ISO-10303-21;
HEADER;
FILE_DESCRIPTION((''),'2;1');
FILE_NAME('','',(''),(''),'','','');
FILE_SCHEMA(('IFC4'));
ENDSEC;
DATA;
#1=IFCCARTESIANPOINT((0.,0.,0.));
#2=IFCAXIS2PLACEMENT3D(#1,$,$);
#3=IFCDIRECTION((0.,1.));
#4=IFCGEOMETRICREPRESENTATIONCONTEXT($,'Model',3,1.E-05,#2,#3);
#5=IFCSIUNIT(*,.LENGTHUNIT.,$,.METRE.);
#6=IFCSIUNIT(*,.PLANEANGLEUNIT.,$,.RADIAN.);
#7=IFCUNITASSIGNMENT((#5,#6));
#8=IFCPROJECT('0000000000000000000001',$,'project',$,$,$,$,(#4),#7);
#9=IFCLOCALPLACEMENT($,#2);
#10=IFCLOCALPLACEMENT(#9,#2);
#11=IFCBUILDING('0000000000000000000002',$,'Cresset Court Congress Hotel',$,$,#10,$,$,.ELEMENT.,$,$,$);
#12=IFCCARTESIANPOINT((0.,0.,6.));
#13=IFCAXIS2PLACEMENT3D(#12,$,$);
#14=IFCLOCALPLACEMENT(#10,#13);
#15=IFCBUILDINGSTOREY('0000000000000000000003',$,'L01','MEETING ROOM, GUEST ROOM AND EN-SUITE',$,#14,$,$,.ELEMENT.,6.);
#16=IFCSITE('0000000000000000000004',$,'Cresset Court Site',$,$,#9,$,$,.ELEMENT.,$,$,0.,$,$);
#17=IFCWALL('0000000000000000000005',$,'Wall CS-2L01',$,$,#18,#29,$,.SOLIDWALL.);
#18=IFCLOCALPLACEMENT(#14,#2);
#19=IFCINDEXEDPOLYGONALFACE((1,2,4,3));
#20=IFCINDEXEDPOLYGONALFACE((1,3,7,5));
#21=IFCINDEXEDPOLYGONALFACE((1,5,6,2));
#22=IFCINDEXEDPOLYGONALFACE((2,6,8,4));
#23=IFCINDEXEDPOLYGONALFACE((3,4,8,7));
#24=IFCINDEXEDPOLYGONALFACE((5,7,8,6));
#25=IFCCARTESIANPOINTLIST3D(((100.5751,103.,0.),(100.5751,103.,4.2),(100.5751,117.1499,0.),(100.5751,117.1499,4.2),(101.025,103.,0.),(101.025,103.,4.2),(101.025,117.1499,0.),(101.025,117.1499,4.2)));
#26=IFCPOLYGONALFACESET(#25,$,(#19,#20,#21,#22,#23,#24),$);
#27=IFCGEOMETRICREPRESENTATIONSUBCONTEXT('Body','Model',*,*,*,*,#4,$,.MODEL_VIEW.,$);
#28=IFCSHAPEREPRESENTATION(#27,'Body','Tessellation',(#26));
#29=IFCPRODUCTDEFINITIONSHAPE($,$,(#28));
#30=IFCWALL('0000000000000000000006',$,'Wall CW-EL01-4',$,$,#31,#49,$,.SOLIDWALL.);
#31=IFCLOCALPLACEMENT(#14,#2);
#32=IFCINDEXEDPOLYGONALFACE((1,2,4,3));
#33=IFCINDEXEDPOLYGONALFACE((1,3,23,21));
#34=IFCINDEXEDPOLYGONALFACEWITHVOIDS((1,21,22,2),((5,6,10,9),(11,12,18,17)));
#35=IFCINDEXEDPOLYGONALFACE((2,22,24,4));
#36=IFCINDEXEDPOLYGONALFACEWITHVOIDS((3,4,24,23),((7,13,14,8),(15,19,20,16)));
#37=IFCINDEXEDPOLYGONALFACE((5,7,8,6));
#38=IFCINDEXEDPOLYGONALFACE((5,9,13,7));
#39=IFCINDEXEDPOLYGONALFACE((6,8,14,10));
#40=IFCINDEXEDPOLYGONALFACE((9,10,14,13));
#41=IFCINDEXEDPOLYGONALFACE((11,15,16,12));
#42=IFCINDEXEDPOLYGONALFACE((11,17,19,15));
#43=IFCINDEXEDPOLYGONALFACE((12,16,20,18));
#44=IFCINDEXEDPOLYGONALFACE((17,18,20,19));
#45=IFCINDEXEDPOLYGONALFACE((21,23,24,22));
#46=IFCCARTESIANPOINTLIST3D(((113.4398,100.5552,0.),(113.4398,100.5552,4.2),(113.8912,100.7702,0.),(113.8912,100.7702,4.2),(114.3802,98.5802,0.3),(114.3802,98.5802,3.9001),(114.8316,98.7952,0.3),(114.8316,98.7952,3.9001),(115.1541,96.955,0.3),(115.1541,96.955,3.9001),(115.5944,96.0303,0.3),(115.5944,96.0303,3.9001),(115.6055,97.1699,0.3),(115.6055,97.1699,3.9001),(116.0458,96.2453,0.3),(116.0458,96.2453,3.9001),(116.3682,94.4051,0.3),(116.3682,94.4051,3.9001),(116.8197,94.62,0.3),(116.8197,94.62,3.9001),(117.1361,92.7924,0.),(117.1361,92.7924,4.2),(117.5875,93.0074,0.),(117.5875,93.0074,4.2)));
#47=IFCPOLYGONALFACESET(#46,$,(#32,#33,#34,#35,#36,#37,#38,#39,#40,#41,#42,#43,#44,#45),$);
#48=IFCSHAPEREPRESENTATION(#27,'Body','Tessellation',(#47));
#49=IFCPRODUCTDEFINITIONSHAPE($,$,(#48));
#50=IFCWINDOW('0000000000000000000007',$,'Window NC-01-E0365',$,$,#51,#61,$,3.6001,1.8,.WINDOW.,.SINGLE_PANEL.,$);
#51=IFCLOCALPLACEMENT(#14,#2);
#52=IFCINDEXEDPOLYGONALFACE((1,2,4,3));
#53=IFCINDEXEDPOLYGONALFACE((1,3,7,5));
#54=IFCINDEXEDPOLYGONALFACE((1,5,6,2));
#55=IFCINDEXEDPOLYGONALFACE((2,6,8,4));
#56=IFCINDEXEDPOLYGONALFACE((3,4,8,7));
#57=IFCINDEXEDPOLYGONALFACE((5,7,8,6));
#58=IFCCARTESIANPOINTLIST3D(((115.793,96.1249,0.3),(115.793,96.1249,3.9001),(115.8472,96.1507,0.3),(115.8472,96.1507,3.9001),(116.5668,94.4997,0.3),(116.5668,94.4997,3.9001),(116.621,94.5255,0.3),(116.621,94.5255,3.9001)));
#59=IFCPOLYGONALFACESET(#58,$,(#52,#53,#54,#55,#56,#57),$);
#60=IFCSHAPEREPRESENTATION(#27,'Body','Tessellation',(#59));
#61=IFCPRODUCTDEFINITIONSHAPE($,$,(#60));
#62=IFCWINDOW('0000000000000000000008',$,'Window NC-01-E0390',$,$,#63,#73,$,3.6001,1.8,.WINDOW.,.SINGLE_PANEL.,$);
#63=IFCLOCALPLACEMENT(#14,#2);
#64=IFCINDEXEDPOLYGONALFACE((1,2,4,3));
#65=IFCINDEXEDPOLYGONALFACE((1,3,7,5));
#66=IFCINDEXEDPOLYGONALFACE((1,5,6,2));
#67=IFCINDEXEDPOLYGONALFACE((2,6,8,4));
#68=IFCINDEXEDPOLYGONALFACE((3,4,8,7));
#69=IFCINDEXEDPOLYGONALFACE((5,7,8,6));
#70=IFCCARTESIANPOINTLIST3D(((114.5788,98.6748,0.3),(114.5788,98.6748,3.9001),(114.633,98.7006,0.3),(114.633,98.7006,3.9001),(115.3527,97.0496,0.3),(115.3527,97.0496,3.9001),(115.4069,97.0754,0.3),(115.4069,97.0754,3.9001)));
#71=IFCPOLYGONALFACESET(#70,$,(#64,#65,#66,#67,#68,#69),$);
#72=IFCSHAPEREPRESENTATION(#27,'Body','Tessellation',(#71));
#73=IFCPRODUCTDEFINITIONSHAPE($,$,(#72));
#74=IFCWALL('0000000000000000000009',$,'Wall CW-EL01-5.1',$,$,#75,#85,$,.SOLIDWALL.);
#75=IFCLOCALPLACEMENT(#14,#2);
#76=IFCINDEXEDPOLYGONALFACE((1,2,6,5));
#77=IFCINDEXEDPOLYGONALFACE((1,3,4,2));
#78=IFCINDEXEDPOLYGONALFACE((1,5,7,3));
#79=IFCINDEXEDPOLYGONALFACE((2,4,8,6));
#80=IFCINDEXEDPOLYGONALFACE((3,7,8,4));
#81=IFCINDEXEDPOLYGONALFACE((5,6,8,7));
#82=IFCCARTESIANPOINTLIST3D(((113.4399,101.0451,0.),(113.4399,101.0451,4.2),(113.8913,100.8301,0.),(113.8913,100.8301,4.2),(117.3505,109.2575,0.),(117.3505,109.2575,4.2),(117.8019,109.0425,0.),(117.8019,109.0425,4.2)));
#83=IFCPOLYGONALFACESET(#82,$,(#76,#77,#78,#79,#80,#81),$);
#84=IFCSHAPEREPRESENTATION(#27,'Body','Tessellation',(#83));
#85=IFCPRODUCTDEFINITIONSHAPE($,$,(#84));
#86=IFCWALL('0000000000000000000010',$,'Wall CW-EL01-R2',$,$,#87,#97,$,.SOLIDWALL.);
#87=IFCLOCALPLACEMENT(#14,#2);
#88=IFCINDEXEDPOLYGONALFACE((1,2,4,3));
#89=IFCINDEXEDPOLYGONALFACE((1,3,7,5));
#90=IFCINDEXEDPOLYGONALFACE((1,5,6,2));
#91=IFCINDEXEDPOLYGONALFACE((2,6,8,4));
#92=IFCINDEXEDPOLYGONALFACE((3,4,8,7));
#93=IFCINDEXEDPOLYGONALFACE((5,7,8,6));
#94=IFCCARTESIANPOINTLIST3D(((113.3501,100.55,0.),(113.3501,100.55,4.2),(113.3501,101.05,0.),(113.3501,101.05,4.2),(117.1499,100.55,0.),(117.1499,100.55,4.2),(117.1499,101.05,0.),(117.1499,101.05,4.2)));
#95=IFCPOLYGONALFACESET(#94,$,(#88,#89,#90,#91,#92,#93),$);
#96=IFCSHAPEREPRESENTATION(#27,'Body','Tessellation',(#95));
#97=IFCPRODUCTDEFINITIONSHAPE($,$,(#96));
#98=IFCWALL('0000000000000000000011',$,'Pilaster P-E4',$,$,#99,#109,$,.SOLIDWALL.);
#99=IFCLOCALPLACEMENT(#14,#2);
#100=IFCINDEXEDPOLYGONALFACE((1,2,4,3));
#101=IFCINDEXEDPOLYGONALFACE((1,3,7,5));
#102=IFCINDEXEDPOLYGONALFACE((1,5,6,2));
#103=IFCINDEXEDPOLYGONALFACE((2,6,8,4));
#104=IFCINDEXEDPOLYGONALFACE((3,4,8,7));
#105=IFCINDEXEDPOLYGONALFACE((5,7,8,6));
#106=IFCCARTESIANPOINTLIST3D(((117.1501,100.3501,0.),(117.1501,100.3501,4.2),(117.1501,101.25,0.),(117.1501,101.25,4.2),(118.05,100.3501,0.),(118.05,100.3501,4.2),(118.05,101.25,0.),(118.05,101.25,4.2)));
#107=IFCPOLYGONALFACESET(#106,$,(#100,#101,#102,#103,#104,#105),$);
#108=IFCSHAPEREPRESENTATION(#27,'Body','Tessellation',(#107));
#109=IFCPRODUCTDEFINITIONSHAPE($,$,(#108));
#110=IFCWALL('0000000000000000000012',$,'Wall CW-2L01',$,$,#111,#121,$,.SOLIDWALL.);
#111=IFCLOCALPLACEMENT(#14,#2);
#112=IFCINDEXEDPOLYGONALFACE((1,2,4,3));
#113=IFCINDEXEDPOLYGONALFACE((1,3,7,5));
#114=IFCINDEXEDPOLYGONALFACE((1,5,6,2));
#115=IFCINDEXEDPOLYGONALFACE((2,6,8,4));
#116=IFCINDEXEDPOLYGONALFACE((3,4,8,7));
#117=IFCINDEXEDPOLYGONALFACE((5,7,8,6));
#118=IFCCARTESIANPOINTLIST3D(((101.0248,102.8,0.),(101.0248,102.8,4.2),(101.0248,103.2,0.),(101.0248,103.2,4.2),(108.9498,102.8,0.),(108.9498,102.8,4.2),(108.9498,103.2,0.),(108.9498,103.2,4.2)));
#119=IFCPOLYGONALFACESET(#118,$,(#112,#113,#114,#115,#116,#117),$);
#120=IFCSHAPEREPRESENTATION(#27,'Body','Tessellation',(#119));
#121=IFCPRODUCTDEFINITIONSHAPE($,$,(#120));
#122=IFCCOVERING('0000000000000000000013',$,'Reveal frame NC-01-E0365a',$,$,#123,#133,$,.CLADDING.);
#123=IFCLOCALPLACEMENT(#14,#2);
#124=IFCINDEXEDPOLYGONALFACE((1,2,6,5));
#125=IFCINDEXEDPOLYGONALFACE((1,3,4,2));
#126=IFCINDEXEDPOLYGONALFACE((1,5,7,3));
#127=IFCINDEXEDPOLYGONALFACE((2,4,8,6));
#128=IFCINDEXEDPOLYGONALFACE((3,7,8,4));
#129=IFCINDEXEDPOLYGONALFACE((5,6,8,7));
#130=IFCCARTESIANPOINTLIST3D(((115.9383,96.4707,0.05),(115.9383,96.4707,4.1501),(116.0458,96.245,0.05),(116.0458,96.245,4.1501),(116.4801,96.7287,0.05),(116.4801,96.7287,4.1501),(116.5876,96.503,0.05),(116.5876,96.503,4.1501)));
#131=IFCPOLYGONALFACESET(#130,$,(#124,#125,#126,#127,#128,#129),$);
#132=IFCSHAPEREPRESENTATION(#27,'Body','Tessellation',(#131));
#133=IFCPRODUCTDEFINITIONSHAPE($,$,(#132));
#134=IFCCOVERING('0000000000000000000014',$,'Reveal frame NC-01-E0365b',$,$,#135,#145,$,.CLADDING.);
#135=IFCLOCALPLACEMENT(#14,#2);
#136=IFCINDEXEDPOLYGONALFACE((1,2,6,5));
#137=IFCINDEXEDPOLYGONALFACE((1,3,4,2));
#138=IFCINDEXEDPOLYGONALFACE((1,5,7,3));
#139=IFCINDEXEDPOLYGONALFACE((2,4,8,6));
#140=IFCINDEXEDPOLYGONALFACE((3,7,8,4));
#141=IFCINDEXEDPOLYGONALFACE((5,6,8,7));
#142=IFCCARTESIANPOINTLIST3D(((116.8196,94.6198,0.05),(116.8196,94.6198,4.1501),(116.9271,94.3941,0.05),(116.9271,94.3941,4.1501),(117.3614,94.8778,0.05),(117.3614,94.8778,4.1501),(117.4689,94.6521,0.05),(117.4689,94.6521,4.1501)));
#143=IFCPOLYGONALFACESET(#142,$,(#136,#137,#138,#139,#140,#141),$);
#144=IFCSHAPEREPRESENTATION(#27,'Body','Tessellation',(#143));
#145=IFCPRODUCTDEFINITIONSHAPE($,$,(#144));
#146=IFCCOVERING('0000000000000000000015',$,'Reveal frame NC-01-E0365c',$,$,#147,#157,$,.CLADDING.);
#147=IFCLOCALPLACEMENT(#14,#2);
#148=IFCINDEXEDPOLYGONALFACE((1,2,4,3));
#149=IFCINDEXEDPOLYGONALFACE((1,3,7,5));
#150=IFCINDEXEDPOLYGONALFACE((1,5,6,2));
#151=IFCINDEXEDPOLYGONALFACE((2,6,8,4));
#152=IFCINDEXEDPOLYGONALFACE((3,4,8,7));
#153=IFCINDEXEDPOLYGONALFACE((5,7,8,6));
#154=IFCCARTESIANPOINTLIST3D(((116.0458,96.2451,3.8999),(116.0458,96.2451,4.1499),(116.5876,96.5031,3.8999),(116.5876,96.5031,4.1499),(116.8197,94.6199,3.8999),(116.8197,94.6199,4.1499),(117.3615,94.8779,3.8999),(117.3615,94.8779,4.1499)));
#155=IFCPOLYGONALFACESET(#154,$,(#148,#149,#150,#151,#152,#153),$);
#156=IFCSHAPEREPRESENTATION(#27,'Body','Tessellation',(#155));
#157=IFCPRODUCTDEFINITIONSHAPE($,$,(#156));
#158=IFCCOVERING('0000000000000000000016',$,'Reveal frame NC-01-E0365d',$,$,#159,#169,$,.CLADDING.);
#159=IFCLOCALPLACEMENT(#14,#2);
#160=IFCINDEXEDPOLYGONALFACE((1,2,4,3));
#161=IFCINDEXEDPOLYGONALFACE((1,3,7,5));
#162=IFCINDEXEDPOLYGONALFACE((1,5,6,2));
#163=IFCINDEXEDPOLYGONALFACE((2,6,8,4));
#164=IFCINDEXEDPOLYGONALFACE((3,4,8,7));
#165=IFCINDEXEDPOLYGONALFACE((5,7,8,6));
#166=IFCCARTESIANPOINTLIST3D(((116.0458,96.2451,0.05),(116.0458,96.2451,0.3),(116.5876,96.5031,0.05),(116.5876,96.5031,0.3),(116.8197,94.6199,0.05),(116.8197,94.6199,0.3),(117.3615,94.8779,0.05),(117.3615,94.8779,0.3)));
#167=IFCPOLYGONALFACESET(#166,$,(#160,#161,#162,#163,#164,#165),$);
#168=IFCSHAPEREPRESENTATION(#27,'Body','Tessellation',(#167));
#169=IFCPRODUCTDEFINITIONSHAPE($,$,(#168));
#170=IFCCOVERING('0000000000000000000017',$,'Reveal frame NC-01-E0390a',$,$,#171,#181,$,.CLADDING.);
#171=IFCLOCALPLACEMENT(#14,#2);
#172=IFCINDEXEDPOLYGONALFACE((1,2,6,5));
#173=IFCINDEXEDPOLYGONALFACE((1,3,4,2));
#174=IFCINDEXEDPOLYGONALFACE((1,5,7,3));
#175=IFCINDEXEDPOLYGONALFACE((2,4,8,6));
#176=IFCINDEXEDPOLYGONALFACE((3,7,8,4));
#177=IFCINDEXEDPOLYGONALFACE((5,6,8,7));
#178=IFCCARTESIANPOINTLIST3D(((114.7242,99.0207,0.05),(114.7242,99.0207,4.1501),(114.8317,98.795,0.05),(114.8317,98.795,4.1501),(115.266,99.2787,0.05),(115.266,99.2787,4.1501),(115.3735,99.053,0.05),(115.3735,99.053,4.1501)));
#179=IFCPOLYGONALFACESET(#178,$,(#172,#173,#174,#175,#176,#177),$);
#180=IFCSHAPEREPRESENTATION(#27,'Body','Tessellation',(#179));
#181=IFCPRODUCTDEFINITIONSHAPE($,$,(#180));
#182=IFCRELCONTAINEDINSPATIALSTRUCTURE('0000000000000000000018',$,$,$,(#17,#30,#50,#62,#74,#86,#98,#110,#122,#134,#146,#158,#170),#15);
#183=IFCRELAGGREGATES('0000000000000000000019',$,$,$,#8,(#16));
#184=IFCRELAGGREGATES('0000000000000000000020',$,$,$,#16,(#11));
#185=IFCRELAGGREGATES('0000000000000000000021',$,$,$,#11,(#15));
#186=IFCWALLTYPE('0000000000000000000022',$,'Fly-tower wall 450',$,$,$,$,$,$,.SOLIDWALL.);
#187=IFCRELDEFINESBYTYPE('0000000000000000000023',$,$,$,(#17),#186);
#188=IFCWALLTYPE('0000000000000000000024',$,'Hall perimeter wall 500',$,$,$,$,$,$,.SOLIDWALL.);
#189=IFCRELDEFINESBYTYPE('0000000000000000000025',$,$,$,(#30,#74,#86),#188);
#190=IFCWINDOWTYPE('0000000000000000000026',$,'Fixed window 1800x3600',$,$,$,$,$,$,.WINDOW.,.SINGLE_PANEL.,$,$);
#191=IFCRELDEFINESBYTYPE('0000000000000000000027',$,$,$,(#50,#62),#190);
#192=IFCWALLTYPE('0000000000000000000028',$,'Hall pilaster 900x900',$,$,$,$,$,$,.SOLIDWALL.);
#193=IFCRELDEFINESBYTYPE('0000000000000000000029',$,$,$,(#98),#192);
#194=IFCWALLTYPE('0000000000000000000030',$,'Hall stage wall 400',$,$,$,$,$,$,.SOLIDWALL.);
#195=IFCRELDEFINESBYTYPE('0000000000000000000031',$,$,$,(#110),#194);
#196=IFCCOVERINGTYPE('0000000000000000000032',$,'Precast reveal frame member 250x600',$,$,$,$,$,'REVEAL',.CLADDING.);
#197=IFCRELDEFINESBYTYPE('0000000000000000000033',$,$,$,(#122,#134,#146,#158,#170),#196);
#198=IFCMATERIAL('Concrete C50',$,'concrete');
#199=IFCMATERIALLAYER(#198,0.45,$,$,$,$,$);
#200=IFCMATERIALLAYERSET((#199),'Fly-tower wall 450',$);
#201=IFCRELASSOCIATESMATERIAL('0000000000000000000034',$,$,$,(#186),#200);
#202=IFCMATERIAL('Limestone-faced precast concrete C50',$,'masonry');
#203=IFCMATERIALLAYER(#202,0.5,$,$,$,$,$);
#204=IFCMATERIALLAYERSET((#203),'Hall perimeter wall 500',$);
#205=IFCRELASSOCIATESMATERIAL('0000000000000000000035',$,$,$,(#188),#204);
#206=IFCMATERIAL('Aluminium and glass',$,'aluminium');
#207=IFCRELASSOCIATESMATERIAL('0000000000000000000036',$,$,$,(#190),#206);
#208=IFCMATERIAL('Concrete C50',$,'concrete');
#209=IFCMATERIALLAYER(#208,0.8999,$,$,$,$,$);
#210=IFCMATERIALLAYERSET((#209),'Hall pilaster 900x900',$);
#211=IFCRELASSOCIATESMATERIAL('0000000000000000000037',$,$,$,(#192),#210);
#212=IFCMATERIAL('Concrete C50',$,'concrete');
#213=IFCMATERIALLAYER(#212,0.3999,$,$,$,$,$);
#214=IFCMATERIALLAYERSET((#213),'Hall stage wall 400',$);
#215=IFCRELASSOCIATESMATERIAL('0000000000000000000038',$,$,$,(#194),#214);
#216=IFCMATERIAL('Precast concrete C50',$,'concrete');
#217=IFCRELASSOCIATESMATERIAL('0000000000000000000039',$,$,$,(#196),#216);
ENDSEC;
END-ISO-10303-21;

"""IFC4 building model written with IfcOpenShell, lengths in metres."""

from ifc_helpers import new_model, si_unit, direction, frame, frame_2d, origin, origin_2d, place, context, subcontext, project, spatial, rectangle, extrude, material, layer, layer_set, type_object, element, fill, save


model = new_model("IFC4")

# Units and contexts
model_context = context("Model", 3, precision=1e-05, world=origin(), true_north=direction((0.0, 1.0)))
body_context = subcontext(model_context, "Body", "Model", "MODEL_VIEW")
ifc_project = project(units=[si_unit("LENGTHUNIT", "METRE"), si_unit("PLANEANGLEUNIT", "RADIAN")], contexts=[model_context])

# Site, building, storey
site_placement = place(None, origin())
site = spatial("IfcSite", under=ifc_project, at=site_placement, Name="Cresset Court Site", CompositionType="ELEMENT", RefElevation=0.0)
building_placement = place(site_placement, origin())
building = spatial("IfcBuilding", under=site, at=building_placement, Name="Cresset Court Congress Hotel", CompositionType="ELEMENT")
storey_placement = place(building_placement, frame((0.0, 0.0, 6.0)))
storey = spatial("IfcBuildingStorey", under=building, at=storey_placement, Name="L01", Description="MEETING ROOM, GUEST ROOM AND EN-SUITE", CompositionType="ELEMENT", Elevation=6.0)

# Wall
ifc_material_1 = material(Name="Concrete C50", Category="concrete")
ifc_layer_1 = layer(ifc_material_1, 0.45)
ifc_layer_set_1 = layer_set([ifc_layer_1], Name="Fly-tower wall 450")
wall_type_1 = type_object("IfcWallType", Name="Fly-tower wall 450", PredefinedType="SOLIDWALL", material=ifc_layer_set_1)
wall_1_placement = place(storey_placement, frame((100.8, 103.0, 0.0), z_axis=(0.0, 0.0, 1.0), x_axis=(0.0, 1.0, 0.0)))
element("IfcWall", 1, at=wall_1_placement, inside=storey, type_object=wall_type_1, Name="Wall CS-2L01", PredefinedType="SOLIDWALL", context=body_context, shape_type="SweptSolid", body=[
    extrude(rectangle(XDim=14.1499, YDim=0.45, at=frame_2d((7.075, 0.0))), origin(), (0.0, 0.0, 1.0), 4.2),
])

# Wall, openings, windows
ifc_material_2 = material(Name="Limestone-faced precast concrete C50", Category="masonry")
ifc_layer_2 = layer(ifc_material_2, 0.5)
ifc_layer_set_2 = layer_set([ifc_layer_2], Name="Hall perimeter wall 500")
wall_type_2 = type_object("IfcWallType", Name="Hall perimeter wall 500", PredefinedType="SOLIDWALL", material=ifc_layer_set_2)
wall_2_placement = place(storey_placement, frame((113.6655, 100.6626, 0.0), z_axis=(0.0, 0.0, 1.0), x_axis=(0.429912, -0.902871, 0.0)))
wall_2 = element("IfcWall", 2, at=wall_2_placement, inside=storey, type_object=wall_type_2, Name="Wall CW-EL01-4", PredefinedType="SOLIDWALL", context=body_context, shape_type="SweptSolid", body=[
    extrude(rectangle(XDim=8.5979, YDim=0.5, at=frame_2d((4.2988, 0.0))), origin(), (0.0, 0.0, 1.0), 4.2),
])
opening_1_placement = place(wall_2_placement, frame((5.0117, 0.0, 0.3)))
opening_1 = element("IfcOpeningElement", 3, at=opening_1_placement, cuts=wall_2, PredefinedType="OPENING", context=body_context, shape_type="SweptSolid", body=[
    extrude(rectangle(XDim=1.8, YDim=3.6001, at=frame_2d((0.8999, 1.8))), frame((0.0, 0.26, 0.0), z_axis=(0.0, -1.0, 0.0), x_axis=(1.0, 0.0, 0.0)), (0.0, 0.0, 1.0), 0.52),
])
opening_2_placement = place(wall_2_placement, frame((2.1875, 0.0, 0.3)))
opening_2 = element("IfcOpeningElement", 4, at=opening_2_placement, cuts=wall_2, PredefinedType="OPENING", context=body_context, shape_type="SweptSolid", body=[
    extrude(rectangle(XDim=1.8, YDim=3.6001, at=frame_2d((0.8999, 1.8))), frame((0.0, 0.26, 0.0), z_axis=(0.0, -1.0, 0.0), x_axis=(1.0, 0.0, 0.0)), (0.0, 0.0, 1.0), 0.52),
])
ifc_material_3 = material(Name="Aluminium and glass", Category="aluminium")
window_type = type_object("IfcWindowType", Name="Fixed window 1800x3600", PartitioningType="SINGLE_PANEL", PredefinedType="WINDOW", material=ifc_material_3)
window_1_placement = place(opening_1_placement, origin())
window_1 = element("IfcWindow", 5, at=window_1_placement, inside=storey, type_object=window_type, Name="Window NC-01-E0365", OverallHeight=3.6001, OverallWidth=1.8, PartitioningType="SINGLE_PANEL", PredefinedType="WINDOW", context=body_context, shape_type="SweptSolid", body=[
    extrude(rectangle(XDim=1.8, YDim=3.6001, at=frame_2d((0.8999, 1.8))), frame((0.0, 0.03, 0.0), z_axis=(0.0, -1.0, 0.0), x_axis=(1.0, 0.0, 0.0)), (0.0, 0.0, 1.0), 0.0601),
])
fill(opening_1, window_1)
window_2_placement = place(opening_2_placement, origin())
window_2 = element("IfcWindow", 6, at=window_2_placement, inside=storey, type_object=window_type, Name="Window NC-01-E0390", OverallHeight=3.6001, OverallWidth=1.8, PartitioningType="SINGLE_PANEL", PredefinedType="WINDOW", context=body_context, shape_type="SweptSolid", body=[
    extrude(rectangle(XDim=1.8, YDim=3.6001, at=frame_2d((0.8999, 1.8))), frame((0.0, 0.03, 0.0), z_axis=(0.0, -1.0, 0.0), x_axis=(1.0, 0.0, 0.0)), (0.0, 0.0, 1.0), 0.0601),
])
fill(opening_2, window_2)

# Walls
wall_3_placement = place(storey_placement, frame((117.5762, 109.1499, 0.0), z_axis=(0.0, 0.0, 1.0), x_axis=(-0.429931, -0.902862, 0.0)))
element("IfcWall", 7, at=wall_3_placement, inside=storey, type_object=wall_type_2, Name="Wall CW-EL01-5.1", PredefinedType="SOLIDWALL", context=body_context, shape_type="SweptSolid", body=[
    extrude(rectangle(XDim=9.0959, YDim=0.5, at=frame_2d((4.5479, 0.0))), origin(), (0.0, 0.0, 1.0), 4.2),
])
wall_4_placement = place(storey_placement, frame((113.3501, 100.8, 0.0), z_axis=(0.0, 0.0, 1.0), x_axis=(1.0, 0.0, 0.0)))
element("IfcWall", 8, at=wall_4_placement, inside=storey, type_object=wall_type_2, Name="Wall CW-EL01-R2", PredefinedType="SOLIDWALL", context=body_context, shape_type="SweptSolid", body=[
    extrude(rectangle(XDim=3.7998, YDim=0.5, at=frame_2d((1.8999, 0.0))), origin(), (0.0, 0.0, 1.0), 4.2),
])
ifc_material_4 = material(Name="Concrete C50", Category="concrete")
ifc_layer_3 = layer(ifc_material_4, 0.8999)
ifc_layer_set_3 = layer_set([ifc_layer_3], Name="Hall pilaster 900x900")
wall_type_3 = type_object("IfcWallType", Name="Hall pilaster 900x900", PredefinedType="SOLIDWALL", material=ifc_layer_set_3)
wall_5_placement = place(storey_placement, frame((117.6001, 100.3501, 0.0), z_axis=(0.0, 0.0, 1.0), x_axis=(0.0, 1.0, 0.0)))
element("IfcWall", 9, at=wall_5_placement, inside=storey, type_object=wall_type_3, Name="Pilaster P-E4", PredefinedType="SOLIDWALL", context=body_context, shape_type="SweptSolid", body=[
    extrude(rectangle(XDim=0.8999, YDim=0.8999, at=frame_2d((0.45, 0.0))), origin(), (0.0, 0.0, 1.0), 4.2),
])
ifc_material_5 = material(Name="Concrete C50", Category="concrete")
ifc_layer_4 = layer(ifc_material_5, 0.3999)
ifc_layer_set_4 = layer_set([ifc_layer_4], Name="Hall stage wall 400")
wall_type_4 = type_object("IfcWallType", Name="Hall stage wall 400", PredefinedType="SOLIDWALL", material=ifc_layer_set_4)
wall_6_placement = place(storey_placement, frame((101.0249, 103.0, 0.0), z_axis=(0.0, 0.0, 1.0), x_axis=(1.0, 0.0, 0.0)))
element("IfcWall", 10, at=wall_6_placement, inside=storey, type_object=wall_type_4, Name="Wall CW-2L01", PredefinedType="SOLIDWALL", context=body_context, shape_type="SweptSolid", body=[
    extrude(rectangle(XDim=7.925, YDim=0.3999, at=frame_2d((3.9624, 0.0))), origin(), (0.0, 0.0, 1.0), 4.2),
])

# Coverings
ifc_material_6 = material(Name="Precast concrete C50", Category="concrete")
covering_type = type_object("IfcCoveringType", Name="Precast reveal frame member 250x600", ElementType="REVEAL", PredefinedType="CLADDING", material=ifc_material_6)
for number, where, z_axis, x_axis, name in (
    (11, (116.2629, 96.4868, 0.05), (0.0, 0.0, 1.0), (0.429933, -0.902861, 0.0), "Reveal frame NC-01-E0365a"),
    (12, (117.1443, 94.636, 0.05), (0.0, 0.0, 1.0), (0.429933, -0.902861, 0.0), "Reveal frame NC-01-E0365b"),
):
    element("IfcCovering", number, at=place(storey_placement, frame(where, z_axis=z_axis, x_axis=x_axis)), inside=storey, type_object=covering_type, Name=name, PredefinedType="CLADDING", context=body_context, shape_type="SweptSolid", body=[
        extrude(rectangle(XDim=0.25, YDim=0.6001, at=origin_2d()), origin(), (0.0, 0.0, 1.0), 4.1001),
    ])
for number, where, z_axis, x_axis, name in (
    (13, (116.7036, 95.5615, 3.8999), (0.0, 0.0, 1.0), (0.429933, -0.902861, 0.0), "Reveal frame NC-01-E0365c"),
    (14, (116.7036, 95.5615, 0.05), (0.0, 0.0, 1.0), (0.429933, -0.902861, 0.0), "Reveal frame NC-01-E0365d"),
):
    element("IfcCovering", number, at=place(storey_placement, frame(where, z_axis=z_axis, x_axis=x_axis)), inside=storey, type_object=covering_type, Name=name, PredefinedType="CLADDING", context=body_context, shape_type="SweptSolid", body=[
        extrude(rectangle(XDim=1.8, YDim=0.6001, at=origin_2d()), origin(), (0.0, 0.0, 1.0), 0.25),
    ])
for number, where, z_axis, x_axis, name in (
    (15, (115.0488, 99.0369, 0.05), (0.0, 0.0, 1.0), (0.429933, -0.902861, 0.0), "Reveal frame NC-01-E0390a"),
):
    element("IfcCovering", number, at=place(storey_placement, frame(where, z_axis=z_axis, x_axis=x_axis)), inside=storey, type_object=covering_type, Name=name, PredefinedType="CLADDING", context=body_context, shape_type="SweptSolid", body=[
        extrude(rectangle(XDim=0.25, YDim=0.6001, at=origin_2d()), origin(), (0.0, 0.0, 1.0), 4.1001),
    ])

save(model, "model.ifc")
